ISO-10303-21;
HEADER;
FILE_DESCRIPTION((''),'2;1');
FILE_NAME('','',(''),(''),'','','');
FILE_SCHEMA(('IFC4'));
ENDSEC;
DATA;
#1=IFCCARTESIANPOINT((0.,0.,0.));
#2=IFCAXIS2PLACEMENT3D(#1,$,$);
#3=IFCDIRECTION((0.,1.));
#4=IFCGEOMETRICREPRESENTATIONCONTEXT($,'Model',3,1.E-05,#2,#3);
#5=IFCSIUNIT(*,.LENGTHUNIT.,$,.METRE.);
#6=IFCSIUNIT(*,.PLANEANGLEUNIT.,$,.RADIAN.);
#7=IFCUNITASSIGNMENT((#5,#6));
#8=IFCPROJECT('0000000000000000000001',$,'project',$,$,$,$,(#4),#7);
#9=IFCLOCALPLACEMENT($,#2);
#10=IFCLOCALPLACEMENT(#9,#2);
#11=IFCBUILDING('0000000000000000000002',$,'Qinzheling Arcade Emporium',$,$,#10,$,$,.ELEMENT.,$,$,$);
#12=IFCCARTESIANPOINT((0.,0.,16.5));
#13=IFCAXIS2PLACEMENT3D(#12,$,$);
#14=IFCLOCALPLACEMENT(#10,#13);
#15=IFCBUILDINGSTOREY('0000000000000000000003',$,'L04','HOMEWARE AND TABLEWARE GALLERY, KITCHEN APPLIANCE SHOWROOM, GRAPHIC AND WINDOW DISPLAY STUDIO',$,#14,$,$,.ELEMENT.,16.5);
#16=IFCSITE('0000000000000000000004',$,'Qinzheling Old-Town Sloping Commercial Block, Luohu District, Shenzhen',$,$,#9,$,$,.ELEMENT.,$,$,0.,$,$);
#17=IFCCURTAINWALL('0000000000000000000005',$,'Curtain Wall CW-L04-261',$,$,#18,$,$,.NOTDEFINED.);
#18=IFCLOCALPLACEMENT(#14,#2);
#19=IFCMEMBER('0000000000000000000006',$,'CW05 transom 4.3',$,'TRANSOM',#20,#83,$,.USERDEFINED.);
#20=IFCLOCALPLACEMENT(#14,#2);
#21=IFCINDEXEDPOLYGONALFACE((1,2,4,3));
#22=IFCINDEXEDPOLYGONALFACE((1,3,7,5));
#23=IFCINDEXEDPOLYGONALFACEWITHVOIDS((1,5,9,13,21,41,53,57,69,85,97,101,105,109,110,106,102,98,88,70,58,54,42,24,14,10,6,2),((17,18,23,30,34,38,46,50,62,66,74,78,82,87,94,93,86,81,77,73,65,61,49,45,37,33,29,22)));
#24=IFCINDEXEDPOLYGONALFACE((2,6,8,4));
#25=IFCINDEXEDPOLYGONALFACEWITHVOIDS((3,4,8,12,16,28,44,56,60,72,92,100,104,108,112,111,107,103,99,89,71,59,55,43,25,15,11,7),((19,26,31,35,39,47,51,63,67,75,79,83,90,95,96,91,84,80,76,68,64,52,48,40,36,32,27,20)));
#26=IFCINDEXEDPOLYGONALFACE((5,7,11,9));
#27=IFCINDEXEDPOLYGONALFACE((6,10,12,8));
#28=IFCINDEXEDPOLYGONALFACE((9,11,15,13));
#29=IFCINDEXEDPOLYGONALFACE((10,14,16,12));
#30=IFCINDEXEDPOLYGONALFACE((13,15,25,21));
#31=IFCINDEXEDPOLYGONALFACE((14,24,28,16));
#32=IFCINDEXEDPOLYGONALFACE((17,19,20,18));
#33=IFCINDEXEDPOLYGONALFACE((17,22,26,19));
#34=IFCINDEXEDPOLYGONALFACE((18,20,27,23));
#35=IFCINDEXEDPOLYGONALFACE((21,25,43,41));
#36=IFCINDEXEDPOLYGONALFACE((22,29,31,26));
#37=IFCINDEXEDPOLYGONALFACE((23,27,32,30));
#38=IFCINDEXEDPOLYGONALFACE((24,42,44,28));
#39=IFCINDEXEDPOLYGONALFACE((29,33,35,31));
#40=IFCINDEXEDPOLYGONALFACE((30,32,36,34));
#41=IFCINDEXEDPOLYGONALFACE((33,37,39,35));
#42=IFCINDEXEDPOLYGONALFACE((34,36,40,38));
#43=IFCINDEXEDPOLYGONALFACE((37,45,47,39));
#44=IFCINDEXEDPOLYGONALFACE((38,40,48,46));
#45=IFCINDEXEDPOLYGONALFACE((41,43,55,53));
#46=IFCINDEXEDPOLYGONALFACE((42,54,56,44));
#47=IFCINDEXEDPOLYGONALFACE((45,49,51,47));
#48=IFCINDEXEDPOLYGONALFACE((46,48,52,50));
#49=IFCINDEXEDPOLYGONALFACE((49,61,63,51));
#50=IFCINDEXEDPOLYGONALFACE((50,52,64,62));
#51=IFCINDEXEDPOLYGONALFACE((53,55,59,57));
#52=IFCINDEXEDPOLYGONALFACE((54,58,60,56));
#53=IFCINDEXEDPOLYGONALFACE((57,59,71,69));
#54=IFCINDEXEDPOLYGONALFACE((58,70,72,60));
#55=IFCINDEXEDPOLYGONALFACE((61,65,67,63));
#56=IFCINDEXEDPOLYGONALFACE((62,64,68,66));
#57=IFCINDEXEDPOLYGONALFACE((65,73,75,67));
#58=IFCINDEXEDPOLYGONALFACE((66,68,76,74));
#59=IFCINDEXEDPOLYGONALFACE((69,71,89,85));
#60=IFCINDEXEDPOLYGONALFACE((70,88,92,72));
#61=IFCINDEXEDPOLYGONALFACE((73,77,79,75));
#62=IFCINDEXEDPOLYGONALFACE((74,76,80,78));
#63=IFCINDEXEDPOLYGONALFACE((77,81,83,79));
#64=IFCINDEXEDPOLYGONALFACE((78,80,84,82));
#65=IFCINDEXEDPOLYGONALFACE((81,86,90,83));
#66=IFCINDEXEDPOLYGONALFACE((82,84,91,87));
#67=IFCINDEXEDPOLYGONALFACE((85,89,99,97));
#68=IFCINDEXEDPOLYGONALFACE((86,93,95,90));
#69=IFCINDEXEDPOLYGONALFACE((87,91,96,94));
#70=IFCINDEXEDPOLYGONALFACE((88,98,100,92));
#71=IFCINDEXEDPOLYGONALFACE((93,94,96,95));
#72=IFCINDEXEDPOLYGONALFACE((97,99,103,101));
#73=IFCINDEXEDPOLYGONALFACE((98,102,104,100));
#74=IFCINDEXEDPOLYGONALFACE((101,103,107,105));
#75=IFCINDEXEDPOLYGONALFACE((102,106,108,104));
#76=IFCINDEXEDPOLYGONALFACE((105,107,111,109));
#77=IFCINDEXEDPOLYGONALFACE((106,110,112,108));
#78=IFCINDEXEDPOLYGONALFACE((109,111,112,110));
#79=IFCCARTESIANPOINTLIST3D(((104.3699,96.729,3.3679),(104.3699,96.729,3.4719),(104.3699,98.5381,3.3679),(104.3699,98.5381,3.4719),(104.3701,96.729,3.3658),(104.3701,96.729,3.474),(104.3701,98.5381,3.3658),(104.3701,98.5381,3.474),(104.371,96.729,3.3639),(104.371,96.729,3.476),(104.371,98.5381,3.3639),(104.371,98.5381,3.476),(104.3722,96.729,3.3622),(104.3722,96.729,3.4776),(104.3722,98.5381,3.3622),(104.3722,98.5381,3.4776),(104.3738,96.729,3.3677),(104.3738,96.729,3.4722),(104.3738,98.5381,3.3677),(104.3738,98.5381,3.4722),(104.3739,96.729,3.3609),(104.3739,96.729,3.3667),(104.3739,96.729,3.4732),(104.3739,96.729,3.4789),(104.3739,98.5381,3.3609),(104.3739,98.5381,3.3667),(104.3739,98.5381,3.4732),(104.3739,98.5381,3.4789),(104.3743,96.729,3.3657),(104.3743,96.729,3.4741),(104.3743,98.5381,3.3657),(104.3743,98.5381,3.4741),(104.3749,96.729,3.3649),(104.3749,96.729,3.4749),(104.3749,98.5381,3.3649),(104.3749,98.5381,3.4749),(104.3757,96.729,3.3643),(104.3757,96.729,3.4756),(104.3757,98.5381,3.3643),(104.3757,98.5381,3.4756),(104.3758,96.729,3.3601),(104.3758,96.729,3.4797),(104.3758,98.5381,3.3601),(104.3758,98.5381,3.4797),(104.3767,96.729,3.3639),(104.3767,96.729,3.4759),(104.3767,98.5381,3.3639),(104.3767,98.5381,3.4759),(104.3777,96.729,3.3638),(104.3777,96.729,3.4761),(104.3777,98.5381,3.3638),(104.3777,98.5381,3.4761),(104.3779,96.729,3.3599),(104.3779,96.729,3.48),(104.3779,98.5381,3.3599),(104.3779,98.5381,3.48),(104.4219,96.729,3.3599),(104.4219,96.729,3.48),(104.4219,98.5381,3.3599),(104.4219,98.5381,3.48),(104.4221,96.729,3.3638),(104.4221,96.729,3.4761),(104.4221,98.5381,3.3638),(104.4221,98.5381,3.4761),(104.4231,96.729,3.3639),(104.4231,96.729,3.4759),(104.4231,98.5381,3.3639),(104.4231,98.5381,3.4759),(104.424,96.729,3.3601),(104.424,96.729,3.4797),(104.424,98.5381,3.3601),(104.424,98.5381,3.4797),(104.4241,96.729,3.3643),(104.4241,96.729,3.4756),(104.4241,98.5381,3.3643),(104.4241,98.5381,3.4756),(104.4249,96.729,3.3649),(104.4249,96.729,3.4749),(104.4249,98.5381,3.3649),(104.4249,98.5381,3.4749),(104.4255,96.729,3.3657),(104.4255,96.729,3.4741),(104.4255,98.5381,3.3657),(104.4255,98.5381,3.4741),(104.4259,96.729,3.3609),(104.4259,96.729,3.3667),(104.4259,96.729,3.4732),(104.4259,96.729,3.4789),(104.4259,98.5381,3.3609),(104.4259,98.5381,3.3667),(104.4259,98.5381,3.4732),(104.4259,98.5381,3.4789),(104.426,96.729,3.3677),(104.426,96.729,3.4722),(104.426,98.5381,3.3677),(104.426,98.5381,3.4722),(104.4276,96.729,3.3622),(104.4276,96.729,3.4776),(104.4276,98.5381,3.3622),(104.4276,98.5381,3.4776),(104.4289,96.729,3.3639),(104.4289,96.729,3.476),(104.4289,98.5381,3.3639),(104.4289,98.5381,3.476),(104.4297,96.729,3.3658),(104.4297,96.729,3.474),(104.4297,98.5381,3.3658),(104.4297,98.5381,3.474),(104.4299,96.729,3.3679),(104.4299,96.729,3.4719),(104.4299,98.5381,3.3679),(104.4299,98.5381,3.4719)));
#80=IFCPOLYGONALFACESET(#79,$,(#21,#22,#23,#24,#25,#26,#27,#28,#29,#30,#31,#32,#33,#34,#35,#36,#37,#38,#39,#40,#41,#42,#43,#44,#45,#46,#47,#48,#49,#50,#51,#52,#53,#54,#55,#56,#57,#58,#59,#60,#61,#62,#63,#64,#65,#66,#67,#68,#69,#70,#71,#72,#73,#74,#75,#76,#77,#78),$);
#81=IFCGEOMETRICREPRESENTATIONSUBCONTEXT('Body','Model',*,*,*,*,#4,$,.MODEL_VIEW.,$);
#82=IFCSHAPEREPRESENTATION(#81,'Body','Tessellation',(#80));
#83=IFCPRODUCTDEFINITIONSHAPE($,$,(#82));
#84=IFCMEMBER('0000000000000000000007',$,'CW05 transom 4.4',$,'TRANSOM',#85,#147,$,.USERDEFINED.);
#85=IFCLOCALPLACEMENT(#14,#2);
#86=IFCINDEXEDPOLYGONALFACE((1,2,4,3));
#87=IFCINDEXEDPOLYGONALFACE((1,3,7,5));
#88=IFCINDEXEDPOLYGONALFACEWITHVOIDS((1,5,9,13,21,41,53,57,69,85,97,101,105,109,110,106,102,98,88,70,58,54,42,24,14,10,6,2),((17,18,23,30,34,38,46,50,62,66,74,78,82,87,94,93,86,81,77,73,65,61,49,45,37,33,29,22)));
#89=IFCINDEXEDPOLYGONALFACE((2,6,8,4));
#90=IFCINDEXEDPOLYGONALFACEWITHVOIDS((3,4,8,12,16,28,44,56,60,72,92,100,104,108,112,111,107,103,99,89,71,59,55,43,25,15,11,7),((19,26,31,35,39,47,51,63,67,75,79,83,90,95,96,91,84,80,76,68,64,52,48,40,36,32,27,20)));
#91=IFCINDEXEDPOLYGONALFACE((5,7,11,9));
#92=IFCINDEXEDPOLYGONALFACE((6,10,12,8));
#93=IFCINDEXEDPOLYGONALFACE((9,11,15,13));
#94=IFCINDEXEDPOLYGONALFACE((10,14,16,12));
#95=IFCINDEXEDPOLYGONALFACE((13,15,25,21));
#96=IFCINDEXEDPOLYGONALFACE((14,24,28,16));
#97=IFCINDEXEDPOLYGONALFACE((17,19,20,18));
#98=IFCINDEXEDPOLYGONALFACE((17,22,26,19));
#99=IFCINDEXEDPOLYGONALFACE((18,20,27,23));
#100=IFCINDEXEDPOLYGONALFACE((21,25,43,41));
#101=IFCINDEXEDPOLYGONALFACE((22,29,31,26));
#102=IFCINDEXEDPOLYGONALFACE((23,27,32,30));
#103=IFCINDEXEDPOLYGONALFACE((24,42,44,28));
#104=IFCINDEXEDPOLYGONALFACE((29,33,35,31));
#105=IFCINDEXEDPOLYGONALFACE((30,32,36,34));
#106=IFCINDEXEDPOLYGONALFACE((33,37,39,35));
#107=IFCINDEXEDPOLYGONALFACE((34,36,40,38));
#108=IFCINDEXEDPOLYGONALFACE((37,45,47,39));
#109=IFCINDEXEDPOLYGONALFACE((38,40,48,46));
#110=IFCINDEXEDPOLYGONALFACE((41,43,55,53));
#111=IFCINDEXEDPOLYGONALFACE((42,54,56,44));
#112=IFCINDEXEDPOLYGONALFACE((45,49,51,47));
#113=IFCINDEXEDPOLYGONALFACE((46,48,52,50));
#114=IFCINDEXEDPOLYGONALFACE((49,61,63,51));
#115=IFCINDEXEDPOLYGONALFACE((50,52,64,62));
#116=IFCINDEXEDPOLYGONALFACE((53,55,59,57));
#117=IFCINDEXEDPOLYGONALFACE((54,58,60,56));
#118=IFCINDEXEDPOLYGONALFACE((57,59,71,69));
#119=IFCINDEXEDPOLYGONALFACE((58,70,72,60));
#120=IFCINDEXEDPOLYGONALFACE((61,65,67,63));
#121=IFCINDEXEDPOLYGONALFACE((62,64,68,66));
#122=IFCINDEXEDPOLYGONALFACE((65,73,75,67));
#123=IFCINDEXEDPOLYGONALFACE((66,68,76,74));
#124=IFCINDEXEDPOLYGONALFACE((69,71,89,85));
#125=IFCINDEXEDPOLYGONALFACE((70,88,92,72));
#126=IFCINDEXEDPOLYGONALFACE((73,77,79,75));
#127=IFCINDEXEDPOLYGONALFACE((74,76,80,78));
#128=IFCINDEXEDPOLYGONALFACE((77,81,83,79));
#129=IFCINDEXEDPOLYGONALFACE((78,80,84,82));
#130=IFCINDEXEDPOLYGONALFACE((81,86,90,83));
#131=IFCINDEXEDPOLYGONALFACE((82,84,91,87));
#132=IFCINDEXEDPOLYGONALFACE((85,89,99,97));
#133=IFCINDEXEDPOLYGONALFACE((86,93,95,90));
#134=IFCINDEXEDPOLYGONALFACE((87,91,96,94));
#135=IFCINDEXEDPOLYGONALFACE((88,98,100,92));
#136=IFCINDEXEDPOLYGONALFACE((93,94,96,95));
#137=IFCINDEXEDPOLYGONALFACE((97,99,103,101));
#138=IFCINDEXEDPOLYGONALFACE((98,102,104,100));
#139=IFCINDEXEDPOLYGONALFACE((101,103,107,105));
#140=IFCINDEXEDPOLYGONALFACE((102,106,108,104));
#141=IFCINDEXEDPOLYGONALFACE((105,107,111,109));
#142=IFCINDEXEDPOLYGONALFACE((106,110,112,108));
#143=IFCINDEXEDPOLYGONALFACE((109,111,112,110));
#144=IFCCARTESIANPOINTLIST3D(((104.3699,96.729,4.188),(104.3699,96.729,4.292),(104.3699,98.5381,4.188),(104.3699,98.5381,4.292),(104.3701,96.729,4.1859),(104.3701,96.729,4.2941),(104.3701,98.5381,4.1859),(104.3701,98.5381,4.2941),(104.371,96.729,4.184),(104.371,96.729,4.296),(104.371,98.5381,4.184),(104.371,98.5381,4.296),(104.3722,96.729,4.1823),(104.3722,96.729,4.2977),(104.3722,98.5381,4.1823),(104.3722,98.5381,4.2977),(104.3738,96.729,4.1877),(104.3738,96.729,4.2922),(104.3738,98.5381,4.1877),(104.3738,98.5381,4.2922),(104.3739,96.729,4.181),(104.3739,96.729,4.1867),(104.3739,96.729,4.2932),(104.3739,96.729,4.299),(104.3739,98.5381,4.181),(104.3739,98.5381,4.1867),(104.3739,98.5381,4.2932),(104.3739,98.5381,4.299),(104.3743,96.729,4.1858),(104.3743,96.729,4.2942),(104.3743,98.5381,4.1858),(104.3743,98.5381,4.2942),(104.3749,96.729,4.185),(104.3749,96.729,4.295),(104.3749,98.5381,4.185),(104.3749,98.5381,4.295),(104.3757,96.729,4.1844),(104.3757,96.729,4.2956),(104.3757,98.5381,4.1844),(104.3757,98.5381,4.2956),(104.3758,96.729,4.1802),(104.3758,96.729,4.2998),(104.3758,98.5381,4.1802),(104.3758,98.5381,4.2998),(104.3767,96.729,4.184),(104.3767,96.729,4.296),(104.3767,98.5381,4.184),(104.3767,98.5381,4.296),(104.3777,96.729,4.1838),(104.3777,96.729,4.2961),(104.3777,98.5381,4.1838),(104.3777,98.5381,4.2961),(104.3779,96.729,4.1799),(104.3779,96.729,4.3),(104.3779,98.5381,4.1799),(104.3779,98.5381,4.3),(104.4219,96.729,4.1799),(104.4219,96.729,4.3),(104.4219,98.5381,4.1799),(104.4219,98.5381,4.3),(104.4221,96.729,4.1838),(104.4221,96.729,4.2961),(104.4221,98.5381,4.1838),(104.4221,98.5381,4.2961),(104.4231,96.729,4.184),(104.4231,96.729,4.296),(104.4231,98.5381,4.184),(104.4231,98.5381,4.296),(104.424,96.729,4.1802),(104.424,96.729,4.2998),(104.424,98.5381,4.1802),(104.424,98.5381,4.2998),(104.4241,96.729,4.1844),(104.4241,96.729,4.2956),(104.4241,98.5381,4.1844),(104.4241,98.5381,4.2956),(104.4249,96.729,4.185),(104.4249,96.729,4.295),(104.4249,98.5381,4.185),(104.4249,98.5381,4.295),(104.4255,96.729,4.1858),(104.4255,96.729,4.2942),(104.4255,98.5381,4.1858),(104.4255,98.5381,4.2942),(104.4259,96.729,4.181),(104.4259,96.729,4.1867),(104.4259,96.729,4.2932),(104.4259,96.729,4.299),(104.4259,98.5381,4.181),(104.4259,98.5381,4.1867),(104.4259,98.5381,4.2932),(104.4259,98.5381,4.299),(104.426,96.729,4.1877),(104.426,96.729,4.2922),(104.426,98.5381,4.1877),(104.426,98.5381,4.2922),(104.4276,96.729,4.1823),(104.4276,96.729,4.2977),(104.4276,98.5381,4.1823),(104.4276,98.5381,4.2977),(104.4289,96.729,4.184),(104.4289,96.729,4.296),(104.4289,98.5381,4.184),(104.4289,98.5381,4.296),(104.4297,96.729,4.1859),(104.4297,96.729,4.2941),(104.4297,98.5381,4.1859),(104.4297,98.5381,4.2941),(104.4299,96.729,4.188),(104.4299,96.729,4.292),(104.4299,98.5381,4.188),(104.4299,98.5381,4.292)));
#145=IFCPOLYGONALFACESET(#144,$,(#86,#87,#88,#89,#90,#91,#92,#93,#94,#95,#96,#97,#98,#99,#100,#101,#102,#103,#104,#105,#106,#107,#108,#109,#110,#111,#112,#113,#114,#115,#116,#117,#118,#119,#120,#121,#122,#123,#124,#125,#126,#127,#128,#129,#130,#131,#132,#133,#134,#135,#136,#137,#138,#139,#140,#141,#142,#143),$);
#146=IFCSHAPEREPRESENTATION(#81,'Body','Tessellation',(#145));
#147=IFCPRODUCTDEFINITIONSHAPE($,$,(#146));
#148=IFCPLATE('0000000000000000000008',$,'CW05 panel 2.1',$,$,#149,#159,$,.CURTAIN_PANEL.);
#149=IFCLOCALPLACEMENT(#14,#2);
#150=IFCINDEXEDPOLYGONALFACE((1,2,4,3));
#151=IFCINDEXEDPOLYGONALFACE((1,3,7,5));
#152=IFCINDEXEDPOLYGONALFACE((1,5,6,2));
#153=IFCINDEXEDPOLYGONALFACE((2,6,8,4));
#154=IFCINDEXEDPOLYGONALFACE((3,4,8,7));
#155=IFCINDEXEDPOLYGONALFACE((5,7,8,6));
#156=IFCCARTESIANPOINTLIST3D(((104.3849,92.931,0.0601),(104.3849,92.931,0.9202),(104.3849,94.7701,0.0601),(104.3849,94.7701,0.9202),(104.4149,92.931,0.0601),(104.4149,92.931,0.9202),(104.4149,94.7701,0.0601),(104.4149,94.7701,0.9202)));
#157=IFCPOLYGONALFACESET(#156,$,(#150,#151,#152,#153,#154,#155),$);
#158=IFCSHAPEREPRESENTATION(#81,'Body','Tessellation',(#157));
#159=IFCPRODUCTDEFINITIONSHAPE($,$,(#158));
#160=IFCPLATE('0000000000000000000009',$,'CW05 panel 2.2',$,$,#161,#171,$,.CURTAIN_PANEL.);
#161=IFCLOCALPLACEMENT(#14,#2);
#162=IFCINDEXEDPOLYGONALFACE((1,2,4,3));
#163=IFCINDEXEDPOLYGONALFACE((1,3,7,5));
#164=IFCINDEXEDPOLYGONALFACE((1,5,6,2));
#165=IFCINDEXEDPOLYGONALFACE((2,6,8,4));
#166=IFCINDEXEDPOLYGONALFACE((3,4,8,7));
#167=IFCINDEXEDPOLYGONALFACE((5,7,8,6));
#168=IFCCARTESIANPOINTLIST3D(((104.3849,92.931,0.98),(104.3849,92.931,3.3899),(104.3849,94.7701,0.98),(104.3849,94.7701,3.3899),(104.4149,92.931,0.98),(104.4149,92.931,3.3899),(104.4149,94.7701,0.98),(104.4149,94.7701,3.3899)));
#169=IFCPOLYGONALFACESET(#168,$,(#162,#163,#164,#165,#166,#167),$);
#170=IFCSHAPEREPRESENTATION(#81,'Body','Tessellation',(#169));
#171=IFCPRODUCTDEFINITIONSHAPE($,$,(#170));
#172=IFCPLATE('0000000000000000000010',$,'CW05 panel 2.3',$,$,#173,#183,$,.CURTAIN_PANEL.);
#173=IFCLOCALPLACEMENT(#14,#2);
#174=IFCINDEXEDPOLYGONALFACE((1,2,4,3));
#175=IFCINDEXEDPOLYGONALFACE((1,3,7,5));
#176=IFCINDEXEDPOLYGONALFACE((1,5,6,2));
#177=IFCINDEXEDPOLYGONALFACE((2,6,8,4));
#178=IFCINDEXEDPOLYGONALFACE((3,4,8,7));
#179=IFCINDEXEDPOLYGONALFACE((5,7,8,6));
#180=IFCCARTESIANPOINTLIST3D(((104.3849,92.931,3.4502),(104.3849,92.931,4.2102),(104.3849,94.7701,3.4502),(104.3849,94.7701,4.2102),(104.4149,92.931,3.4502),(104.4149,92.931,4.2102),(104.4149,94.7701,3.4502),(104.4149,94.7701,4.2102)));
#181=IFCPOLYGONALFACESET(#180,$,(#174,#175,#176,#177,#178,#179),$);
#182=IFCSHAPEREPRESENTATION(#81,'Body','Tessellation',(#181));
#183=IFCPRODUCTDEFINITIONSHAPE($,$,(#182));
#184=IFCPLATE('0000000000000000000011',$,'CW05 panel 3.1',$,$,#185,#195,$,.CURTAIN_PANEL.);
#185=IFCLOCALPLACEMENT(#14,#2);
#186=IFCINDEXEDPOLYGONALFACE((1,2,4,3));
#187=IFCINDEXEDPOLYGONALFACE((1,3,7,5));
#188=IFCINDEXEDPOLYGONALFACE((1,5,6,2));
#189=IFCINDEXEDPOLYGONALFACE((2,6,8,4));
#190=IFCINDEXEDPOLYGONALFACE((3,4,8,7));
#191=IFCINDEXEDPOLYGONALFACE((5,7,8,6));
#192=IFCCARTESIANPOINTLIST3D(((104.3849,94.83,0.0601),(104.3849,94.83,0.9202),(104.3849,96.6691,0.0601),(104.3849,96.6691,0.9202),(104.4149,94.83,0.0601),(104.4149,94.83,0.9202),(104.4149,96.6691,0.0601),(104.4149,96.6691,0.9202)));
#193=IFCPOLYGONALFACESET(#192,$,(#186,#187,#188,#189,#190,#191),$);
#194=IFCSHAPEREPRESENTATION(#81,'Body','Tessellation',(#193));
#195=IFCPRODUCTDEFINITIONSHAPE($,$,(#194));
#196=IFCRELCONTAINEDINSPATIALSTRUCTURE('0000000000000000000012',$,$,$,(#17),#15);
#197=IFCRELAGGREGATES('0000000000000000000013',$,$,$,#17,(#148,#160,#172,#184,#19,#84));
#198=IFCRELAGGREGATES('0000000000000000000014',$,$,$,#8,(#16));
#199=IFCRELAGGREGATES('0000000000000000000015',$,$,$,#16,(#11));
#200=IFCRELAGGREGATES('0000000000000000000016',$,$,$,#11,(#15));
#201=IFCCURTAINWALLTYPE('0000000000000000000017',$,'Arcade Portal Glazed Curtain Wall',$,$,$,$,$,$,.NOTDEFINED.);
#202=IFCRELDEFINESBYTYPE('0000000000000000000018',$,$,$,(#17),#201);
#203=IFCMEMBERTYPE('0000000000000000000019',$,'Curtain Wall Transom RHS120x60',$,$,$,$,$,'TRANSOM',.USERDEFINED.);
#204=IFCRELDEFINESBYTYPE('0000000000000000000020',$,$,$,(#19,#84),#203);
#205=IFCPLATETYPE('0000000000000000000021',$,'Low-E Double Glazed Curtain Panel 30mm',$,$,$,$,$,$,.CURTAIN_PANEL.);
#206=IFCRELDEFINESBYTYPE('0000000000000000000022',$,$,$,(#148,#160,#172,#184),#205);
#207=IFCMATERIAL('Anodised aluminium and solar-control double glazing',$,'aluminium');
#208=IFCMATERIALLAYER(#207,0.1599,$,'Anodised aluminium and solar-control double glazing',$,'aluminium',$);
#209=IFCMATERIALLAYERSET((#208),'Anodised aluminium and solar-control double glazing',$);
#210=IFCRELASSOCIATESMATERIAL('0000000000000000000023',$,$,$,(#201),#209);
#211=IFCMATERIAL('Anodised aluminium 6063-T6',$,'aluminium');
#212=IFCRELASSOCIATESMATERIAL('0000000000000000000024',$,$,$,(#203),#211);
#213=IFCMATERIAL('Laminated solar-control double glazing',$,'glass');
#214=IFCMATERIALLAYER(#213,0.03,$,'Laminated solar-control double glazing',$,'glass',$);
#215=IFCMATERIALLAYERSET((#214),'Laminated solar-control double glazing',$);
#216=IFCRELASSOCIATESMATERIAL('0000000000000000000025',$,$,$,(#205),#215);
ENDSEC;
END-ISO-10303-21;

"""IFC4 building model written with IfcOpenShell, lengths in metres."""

from ifc_helpers import new_model, si_unit, direction, frame, origin, origin_2d, place, context, subcontext, project, spatial, rectangle, hollow_rectangle, extrude, material, layer, layer_set, material_profile, profile_set, type_object, element, aggregate, save


model = new_model("IFC4")

# Units and contexts
model_context = context("Model", 3, precision=1e-05, world=origin(), true_north=direction((0.0, 1.0)))
body_context = subcontext(model_context, "Body", "Model", "MODEL_VIEW")
ifc_project = project(units=[si_unit("LENGTHUNIT", "METRE"), si_unit("PLANEANGLEUNIT", "RADIAN")], contexts=[model_context])

# Site, building, storey
site_placement = place(None, origin())
site = spatial("IfcSite", under=ifc_project, at=site_placement, Name="Qinzheling Old-Town Sloping Commercial Block, Luohu District, Shenzhen", CompositionType="ELEMENT", RefElevation=0.0)
building_placement = place(site_placement, origin())
building = spatial("IfcBuilding", under=site, at=building_placement, Name="Qinzheling Arcade Emporium", CompositionType="ELEMENT")
storey_placement = place(building_placement, frame((0.0, 0.0, 16.5)))
storey = spatial("IfcBuildingStorey", under=building, at=storey_placement, Name="L04", Description="HOMEWARE AND TABLEWARE GALLERY, KITCHEN APPLIANCE SHOWROOM, GRAPHIC AND WINDOW DISPLAY STUDIO", CompositionType="ELEMENT", Elevation=16.5)

# Curtain wall, members, plates
ifc_material_1 = material(Name="Anodised aluminium and solar-control double glazing", Category="aluminium")
ifc_layer_1 = layer(ifc_material_1, 0.1599, Name="Anodised aluminium and solar-control double glazing", Category="aluminium")
ifc_layer_set_1 = layer_set([ifc_layer_1], Name="Anodised aluminium and solar-control double glazing")
curtain_wall_type = type_object("IfcCurtainWallType", Name="Arcade Portal Glazed Curtain Wall", PredefinedType="NOTDEFINED", material=ifc_layer_set_1)
curtain_wall_placement = place(storey_placement, origin())
curtain_wall = element("IfcCurtainWall", 1, at=curtain_wall_placement, inside=storey, type_object=curtain_wall_type, Name="Curtain Wall CW-L04-261", PredefinedType="NOTDEFINED")
ifc_material_2 = material(Name="Anodised aluminium 6063-T6", Category="aluminium")
ifc_material_profile_1 = material_profile(ifc_material_2, hollow_rectangle(XDim=0.0601, YDim=0.1201, WallThickness=0.0039, InnerFilletRadius=0.0039, OuterFilletRadius=0.0081, at=origin_2d()), Name="RHS 120x60x4", Category="aluminium")
ifc_profile_set_1 = profile_set([ifc_material_profile_1], Name="Anodised aluminium 6063-T6")
member_type_1 = type_object("IfcMemberType", Name="Curtain Wall Transom RHS120x60", ElementType="TRANSOM", PredefinedType="USERDEFINED", material=ifc_profile_set_1)
member_1_placement = place(storey_placement, frame((104.3999, 96.729, 3.4199), z_axis=(0.0, 1.0, 0.0), x_axis=(-1.0, 0.0, 0.0)))
member_1 = element("IfcMember", 2, at=member_1_placement, type_object=member_type_1, Name="CW05 transom 4.3", ObjectType="TRANSOM", PredefinedType="USERDEFINED", context=body_context, shape_type="SweptSolid", body=[
    extrude(hollow_rectangle(XDim=0.0601, YDim=0.1201, WallThickness=0.0039, InnerFilletRadius=0.0039, OuterFilletRadius=0.0081, at=origin_2d()), origin(), (0.0, 0.0, 1.0), 1.8091),
])
member_2_placement = place(storey_placement, frame((104.3999, 96.729, 4.24), z_axis=(0.0, 1.0, 0.0), x_axis=(-1.0, 0.0, 0.0)))
member_2 = element("IfcMember", 3, at=member_2_placement, type_object=member_type_1, Name="CW05 transom 4.4", ObjectType="TRANSOM", PredefinedType="USERDEFINED", context=body_context, shape_type="SweptSolid", body=[
    extrude(hollow_rectangle(XDim=0.0601, YDim=0.1201, WallThickness=0.0039, InnerFilletRadius=0.0039, OuterFilletRadius=0.0081, at=origin_2d()), origin(), (0.0, 0.0, 1.0), 1.8091),
])
ifc_material_3 = material(Name="Laminated solar-control double glazing", Category="glass")
ifc_layer_2 = layer(ifc_material_3, 0.03, Name="Laminated solar-control double glazing", Category="glass")
ifc_layer_set_2 = layer_set([ifc_layer_2], Name="Laminated solar-control double glazing")
plate_type = type_object("IfcPlateType", Name="Low-E Double Glazed Curtain Panel 30mm", PredefinedType="CURTAIN_PANEL", material=ifc_layer_set_2)
plate_1_placement = place(storey_placement, frame((104.3999, 93.8506, 0.0601), z_axis=(0.0, 0.0, 1.0), x_axis=(0.0, 1.0, 0.0)))
plate_1 = element("IfcPlate", 4, at=plate_1_placement, type_object=plate_type, Name="CW05 panel 2.1", PredefinedType="CURTAIN_PANEL", context=body_context, shape_type="SweptSolid", body=[
    extrude(rectangle(XDim=1.8391, YDim=0.03, at=origin_2d()), origin(), (0.0, 0.0, 1.0), 0.8601),
])
plate_2_placement = place(storey_placement, frame((104.3999, 93.8506, 0.98), z_axis=(0.0, 0.0, 1.0), x_axis=(0.0, 1.0, 0.0)))
plate_2 = element("IfcPlate", 5, at=plate_2_placement, type_object=plate_type, Name="CW05 panel 2.2", PredefinedType="CURTAIN_PANEL", context=body_context, shape_type="SweptSolid", body=[
    extrude(rectangle(XDim=1.8391, YDim=0.03, at=origin_2d()), origin(), (0.0, 0.0, 1.0), 2.4099),
])
plate_3_placement = place(storey_placement, frame((104.3999, 93.8506, 3.4502), z_axis=(0.0, 0.0, 1.0), x_axis=(0.0, 1.0, 0.0)))
plate_3 = element("IfcPlate", 6, at=plate_3_placement, type_object=plate_type, Name="CW05 panel 2.3", PredefinedType="CURTAIN_PANEL", context=body_context, shape_type="SweptSolid", body=[
    extrude(rectangle(XDim=1.8391, YDim=0.03, at=origin_2d()), origin(), (0.0, 0.0, 1.0), 0.76),
])
plate_4_placement = place(storey_placement, frame((104.3999, 95.7495, 0.0601), z_axis=(0.0, 0.0, 1.0), x_axis=(0.0, 1.0, 0.0)))
plate_4 = element("IfcPlate", 7, at=plate_4_placement, type_object=plate_type, Name="CW05 panel 3.1", PredefinedType="CURTAIN_PANEL", context=body_context, shape_type="SweptSolid", body=[
    extrude(rectangle(XDim=1.8391, YDim=0.03, at=origin_2d()), origin(), (0.0, 0.0, 1.0), 0.8601),
])
aggregate(curtain_wall, [plate_1, plate_2, plate_3, plate_4, member_1, member_2])

save(model, "model.ifc")
